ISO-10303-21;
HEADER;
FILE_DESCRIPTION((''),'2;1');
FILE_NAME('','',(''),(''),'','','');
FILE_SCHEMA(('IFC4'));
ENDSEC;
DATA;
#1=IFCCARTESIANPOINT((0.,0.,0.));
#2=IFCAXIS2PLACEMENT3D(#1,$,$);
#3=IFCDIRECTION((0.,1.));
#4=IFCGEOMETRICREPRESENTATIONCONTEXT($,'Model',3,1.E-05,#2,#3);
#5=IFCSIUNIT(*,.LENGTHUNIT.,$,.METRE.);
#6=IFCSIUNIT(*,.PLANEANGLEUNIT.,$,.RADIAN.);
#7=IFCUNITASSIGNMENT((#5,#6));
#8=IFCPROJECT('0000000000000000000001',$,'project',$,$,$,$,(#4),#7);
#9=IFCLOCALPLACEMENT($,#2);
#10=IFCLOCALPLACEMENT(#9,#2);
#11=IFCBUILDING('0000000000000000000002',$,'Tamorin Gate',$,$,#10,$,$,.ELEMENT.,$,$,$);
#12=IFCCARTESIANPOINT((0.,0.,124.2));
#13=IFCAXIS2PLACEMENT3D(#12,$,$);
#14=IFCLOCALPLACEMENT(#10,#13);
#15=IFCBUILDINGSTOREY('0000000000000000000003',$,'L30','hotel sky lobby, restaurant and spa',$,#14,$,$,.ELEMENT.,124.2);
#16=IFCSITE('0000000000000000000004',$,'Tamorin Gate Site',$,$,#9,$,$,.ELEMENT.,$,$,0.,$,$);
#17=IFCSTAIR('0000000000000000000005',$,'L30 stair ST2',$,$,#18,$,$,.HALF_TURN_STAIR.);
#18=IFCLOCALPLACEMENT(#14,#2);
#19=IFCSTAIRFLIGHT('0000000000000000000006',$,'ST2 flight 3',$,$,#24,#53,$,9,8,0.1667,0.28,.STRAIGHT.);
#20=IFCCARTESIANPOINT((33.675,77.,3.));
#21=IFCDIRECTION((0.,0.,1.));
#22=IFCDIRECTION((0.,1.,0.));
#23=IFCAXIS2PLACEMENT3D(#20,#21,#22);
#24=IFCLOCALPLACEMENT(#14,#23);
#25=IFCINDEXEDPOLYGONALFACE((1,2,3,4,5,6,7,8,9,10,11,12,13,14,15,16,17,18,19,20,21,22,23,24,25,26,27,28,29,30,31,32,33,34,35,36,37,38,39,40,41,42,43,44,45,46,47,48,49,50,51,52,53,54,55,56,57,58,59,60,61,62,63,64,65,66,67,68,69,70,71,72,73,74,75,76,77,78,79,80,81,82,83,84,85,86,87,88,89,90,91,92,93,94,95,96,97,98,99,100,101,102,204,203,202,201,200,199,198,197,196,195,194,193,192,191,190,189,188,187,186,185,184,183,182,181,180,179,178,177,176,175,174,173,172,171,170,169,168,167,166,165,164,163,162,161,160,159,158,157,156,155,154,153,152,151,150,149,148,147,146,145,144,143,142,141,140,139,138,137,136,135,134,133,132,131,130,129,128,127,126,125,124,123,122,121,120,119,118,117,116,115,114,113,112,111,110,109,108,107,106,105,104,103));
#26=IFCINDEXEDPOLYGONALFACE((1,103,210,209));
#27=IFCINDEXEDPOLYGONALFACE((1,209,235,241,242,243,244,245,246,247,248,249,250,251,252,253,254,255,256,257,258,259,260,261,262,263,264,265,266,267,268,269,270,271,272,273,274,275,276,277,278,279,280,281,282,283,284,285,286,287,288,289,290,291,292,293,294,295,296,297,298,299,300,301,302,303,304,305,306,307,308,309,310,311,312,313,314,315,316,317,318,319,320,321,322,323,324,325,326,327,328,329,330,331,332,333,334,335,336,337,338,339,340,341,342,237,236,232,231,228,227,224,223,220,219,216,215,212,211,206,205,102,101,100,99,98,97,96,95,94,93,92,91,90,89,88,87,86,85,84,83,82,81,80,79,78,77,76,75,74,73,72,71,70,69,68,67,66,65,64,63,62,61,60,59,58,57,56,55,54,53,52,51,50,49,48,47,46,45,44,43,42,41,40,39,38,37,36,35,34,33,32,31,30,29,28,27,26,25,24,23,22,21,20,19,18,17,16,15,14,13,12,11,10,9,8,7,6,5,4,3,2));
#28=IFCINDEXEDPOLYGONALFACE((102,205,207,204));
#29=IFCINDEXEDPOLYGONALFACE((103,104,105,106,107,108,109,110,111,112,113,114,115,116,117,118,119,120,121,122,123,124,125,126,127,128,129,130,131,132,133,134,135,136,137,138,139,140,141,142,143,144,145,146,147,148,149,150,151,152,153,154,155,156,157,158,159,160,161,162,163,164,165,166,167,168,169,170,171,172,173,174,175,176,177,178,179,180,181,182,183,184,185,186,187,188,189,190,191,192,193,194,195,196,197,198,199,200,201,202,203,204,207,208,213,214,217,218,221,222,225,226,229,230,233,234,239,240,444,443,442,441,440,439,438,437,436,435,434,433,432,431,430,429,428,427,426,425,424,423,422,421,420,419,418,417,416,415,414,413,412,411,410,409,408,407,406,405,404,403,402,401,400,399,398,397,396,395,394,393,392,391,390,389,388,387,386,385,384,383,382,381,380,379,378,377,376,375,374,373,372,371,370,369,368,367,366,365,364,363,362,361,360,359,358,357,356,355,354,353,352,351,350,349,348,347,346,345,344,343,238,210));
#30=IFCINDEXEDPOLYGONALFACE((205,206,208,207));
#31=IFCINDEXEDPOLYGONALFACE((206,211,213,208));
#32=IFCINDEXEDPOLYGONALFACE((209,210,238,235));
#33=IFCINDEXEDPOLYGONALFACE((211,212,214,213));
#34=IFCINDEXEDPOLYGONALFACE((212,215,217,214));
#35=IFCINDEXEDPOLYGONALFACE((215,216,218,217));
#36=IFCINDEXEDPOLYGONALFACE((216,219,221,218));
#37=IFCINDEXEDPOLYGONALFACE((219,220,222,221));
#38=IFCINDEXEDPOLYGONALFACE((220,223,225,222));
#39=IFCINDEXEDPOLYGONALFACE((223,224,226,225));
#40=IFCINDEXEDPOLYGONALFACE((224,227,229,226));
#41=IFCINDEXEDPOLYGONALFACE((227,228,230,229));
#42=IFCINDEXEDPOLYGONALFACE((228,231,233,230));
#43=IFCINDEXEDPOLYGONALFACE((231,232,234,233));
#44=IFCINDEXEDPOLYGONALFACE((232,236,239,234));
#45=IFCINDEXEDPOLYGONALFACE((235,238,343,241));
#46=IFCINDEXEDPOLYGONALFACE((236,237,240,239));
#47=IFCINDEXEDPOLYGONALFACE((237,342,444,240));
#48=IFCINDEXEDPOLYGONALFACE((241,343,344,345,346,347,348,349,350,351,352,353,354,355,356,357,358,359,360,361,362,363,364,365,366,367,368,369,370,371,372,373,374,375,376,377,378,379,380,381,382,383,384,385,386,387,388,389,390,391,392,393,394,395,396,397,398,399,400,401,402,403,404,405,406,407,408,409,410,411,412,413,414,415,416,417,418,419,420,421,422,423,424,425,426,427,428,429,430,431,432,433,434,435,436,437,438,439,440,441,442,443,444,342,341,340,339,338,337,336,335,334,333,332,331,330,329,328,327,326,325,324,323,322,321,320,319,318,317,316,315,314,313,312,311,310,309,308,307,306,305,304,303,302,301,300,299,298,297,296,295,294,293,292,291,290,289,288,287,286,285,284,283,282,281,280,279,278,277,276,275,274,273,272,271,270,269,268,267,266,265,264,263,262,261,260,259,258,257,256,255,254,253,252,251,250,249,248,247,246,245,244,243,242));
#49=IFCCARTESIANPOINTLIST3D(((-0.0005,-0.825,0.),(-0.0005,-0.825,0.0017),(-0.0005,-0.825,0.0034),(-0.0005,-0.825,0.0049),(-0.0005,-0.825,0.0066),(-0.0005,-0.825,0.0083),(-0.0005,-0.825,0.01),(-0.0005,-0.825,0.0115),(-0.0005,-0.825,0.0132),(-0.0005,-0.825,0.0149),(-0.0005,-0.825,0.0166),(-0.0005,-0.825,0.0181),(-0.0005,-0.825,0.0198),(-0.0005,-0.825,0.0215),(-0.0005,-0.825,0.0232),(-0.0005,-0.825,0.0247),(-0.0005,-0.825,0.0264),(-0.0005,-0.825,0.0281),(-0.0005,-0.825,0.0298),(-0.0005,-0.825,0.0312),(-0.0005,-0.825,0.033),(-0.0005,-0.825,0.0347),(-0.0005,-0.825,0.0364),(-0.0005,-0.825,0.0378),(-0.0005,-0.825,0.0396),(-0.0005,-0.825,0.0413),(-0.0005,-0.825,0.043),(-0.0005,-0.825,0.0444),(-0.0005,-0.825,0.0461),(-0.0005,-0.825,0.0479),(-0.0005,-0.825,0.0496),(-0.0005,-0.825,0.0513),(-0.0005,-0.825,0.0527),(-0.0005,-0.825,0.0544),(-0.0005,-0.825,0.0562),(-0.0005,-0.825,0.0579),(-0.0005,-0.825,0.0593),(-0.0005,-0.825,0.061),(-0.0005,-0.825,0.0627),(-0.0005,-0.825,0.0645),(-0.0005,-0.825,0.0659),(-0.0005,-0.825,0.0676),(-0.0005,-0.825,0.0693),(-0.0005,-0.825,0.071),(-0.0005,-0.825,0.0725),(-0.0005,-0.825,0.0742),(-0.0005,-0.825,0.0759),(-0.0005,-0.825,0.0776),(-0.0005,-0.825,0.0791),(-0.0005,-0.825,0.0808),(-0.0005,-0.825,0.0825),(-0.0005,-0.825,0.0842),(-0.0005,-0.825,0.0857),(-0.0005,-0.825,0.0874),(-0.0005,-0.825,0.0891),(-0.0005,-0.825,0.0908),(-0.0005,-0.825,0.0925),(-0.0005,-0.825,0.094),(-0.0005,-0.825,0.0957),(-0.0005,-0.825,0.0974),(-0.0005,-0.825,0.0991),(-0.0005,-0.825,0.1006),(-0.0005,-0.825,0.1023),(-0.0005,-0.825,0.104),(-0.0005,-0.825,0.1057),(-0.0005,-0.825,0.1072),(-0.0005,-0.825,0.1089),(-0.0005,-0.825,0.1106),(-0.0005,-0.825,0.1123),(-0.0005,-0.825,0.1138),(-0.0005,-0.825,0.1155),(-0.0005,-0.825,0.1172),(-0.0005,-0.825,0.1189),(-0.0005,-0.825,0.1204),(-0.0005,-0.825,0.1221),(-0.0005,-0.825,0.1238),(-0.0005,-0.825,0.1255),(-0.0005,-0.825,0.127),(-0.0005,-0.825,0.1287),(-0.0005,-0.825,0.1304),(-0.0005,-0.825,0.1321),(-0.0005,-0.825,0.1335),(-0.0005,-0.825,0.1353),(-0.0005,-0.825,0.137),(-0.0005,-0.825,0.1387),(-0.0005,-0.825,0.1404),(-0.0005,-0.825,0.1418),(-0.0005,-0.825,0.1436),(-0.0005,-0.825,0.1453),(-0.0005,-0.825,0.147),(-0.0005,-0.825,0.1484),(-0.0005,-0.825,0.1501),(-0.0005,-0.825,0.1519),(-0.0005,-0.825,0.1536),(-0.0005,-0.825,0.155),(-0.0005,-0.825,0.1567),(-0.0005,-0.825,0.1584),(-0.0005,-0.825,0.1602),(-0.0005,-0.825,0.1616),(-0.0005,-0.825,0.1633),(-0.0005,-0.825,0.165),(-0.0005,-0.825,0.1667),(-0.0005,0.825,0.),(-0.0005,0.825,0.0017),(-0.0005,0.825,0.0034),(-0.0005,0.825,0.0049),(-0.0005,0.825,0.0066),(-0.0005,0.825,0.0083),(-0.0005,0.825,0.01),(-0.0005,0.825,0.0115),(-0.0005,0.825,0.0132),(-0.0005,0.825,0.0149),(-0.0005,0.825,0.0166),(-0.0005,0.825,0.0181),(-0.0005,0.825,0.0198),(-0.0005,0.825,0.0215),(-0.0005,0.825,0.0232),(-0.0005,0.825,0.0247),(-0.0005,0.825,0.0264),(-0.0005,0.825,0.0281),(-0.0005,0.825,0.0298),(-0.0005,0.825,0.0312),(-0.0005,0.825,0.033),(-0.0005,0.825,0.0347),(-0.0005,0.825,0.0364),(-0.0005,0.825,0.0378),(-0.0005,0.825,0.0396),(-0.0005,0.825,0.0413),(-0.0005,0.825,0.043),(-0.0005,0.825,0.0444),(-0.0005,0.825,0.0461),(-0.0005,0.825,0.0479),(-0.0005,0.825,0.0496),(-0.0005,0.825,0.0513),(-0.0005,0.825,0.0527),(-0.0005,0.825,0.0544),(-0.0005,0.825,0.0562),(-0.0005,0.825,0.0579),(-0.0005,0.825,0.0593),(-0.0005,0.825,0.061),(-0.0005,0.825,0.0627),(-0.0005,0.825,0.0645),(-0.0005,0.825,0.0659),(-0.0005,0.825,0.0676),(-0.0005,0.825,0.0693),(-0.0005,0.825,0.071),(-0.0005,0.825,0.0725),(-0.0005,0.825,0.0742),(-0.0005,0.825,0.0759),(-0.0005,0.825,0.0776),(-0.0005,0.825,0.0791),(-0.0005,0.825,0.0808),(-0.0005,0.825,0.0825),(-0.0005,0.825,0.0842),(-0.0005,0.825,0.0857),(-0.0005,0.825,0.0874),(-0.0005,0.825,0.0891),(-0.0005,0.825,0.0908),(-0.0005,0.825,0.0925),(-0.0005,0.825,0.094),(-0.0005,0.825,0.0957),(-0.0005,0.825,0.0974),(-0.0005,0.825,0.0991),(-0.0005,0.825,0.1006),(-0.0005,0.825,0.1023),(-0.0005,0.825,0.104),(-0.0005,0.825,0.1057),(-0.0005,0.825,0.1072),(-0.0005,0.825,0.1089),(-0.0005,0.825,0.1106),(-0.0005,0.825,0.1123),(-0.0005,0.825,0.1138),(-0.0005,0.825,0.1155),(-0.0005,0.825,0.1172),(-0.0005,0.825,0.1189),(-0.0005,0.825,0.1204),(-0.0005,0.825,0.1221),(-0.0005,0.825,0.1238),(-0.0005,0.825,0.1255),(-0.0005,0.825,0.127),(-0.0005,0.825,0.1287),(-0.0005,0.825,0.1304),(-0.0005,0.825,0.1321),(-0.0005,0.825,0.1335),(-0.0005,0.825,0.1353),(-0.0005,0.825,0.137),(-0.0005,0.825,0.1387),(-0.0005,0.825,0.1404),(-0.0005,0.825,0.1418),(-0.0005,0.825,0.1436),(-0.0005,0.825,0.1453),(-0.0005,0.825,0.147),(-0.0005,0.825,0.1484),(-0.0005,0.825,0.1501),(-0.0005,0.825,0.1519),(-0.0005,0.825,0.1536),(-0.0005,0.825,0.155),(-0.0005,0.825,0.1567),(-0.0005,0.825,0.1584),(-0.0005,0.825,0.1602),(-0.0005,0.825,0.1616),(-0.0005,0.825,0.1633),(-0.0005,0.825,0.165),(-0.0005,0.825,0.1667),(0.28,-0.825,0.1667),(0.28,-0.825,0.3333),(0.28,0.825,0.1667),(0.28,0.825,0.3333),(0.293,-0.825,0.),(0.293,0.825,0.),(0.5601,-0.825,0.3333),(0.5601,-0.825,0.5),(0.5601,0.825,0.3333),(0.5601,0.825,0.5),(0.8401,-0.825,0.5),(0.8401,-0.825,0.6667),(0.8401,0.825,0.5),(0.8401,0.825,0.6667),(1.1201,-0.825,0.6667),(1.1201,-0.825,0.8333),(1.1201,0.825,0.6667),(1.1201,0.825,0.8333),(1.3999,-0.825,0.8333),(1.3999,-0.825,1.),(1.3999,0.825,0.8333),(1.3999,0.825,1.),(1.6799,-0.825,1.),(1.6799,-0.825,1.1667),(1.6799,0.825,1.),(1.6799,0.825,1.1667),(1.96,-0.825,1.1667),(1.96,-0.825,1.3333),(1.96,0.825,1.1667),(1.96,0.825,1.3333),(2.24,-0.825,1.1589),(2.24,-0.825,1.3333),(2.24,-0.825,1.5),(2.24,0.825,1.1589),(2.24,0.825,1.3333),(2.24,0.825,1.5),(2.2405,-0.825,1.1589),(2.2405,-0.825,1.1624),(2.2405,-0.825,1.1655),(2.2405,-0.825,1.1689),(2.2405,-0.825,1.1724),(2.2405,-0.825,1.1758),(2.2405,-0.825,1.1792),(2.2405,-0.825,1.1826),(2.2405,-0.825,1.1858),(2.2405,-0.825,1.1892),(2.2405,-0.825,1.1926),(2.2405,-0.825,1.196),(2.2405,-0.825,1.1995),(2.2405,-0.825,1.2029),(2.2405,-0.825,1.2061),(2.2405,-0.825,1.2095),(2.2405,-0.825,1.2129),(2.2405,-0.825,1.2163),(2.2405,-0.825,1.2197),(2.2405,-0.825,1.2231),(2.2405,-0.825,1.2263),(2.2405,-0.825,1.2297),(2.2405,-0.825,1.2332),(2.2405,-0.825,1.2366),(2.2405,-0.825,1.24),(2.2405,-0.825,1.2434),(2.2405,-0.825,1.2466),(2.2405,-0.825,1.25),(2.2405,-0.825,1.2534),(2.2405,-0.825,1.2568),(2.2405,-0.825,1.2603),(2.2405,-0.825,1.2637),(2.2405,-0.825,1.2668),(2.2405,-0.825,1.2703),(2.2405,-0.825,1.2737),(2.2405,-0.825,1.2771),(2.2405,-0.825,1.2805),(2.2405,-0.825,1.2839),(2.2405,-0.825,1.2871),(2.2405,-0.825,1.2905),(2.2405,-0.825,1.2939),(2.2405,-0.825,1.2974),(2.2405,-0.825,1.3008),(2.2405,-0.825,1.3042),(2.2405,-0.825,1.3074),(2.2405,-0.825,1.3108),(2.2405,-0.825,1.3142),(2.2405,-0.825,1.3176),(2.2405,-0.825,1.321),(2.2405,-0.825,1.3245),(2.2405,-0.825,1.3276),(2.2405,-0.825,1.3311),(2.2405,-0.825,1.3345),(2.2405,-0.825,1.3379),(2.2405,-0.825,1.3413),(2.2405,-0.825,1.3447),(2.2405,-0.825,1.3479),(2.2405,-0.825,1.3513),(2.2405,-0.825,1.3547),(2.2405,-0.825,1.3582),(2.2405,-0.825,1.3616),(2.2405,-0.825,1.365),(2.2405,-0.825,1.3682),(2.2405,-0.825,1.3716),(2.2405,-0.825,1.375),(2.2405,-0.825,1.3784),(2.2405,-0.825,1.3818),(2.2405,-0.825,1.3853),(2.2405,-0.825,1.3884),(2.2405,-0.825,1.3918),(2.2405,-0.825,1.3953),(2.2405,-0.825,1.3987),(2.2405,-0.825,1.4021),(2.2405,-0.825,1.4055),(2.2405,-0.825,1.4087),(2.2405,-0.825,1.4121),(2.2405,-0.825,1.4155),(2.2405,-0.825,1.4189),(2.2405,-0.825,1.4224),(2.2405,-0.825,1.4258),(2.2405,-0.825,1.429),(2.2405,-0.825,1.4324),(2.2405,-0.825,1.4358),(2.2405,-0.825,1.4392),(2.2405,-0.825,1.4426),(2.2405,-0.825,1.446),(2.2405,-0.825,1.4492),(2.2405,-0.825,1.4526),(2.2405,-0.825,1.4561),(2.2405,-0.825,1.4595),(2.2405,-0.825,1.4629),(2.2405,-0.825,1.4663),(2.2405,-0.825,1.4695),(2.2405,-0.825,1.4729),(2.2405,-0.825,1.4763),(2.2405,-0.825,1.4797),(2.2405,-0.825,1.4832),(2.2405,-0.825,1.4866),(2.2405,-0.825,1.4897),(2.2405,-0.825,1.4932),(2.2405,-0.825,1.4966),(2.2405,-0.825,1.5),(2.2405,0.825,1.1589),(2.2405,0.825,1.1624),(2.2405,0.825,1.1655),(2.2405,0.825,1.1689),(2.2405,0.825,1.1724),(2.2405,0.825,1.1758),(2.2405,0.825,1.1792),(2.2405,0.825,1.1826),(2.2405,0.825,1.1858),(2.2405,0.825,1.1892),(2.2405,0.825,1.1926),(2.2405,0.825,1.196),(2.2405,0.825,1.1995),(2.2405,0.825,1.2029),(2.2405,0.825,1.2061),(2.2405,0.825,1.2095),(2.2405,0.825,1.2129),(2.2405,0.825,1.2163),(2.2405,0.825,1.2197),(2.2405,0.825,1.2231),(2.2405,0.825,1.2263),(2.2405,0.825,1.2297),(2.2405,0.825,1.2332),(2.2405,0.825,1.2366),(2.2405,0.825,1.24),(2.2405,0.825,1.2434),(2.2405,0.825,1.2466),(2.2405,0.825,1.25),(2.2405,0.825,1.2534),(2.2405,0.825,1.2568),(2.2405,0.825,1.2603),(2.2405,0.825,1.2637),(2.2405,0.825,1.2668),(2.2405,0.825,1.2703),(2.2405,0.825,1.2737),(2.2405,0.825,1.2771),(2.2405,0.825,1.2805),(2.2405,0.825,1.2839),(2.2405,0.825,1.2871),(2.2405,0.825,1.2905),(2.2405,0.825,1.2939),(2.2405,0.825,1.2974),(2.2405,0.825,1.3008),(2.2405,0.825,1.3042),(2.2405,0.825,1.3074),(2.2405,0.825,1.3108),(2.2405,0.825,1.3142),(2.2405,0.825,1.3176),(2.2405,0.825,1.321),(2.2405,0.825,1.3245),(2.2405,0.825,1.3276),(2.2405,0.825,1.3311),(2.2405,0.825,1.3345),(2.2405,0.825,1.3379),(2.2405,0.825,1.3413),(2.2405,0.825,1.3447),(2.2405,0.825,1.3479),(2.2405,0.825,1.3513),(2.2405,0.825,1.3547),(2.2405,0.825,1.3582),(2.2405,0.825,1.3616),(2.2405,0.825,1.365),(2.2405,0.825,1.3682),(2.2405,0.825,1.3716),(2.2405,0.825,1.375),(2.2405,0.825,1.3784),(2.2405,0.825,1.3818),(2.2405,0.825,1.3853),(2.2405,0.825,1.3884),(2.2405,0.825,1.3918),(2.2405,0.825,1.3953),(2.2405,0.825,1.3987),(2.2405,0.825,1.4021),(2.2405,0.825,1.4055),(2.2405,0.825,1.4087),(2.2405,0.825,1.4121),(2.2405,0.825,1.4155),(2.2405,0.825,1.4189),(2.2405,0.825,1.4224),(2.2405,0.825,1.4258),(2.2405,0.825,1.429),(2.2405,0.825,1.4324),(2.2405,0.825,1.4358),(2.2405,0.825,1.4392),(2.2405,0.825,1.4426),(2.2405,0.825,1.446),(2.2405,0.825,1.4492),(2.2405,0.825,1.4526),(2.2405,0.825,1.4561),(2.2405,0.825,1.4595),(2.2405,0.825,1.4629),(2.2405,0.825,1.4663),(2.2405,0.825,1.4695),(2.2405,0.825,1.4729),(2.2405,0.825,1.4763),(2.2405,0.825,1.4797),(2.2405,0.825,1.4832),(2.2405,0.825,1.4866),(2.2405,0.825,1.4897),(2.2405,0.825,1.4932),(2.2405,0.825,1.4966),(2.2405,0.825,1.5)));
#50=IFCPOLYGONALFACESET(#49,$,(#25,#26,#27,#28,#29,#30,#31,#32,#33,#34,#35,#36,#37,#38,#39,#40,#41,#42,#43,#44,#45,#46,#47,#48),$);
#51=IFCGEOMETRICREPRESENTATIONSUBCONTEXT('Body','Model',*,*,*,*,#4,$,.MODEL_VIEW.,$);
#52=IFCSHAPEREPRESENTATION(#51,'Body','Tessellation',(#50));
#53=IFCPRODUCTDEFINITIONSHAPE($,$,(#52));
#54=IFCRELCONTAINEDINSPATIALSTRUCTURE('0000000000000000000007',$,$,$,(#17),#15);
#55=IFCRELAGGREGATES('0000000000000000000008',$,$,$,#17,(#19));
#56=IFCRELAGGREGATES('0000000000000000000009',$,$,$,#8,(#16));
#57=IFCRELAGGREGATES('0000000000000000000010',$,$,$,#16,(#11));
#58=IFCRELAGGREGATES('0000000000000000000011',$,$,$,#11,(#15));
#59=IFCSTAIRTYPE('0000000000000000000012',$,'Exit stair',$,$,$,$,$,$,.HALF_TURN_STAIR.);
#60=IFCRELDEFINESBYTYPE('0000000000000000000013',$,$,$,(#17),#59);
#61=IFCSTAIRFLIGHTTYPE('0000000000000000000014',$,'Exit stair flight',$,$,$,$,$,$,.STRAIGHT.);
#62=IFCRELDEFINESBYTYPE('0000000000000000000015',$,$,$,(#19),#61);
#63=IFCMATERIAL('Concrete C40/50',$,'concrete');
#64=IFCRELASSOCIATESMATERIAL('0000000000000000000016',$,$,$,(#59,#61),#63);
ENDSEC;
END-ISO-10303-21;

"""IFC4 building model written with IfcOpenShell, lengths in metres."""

from ifc_helpers import new_model, si_unit, direction, frame, origin, place, context, subcontext, project, spatial, polyline, outline, extrude, material, type_object, element, aggregate, save


model = new_model("IFC4")

# Units and contexts
model_context = context("Model", 3, precision=1e-05, world=origin(), true_north=direction((0.0, 1.0)))
body_context = subcontext(model_context, "Body", "Model", "MODEL_VIEW")
ifc_project = project(units=[si_unit("LENGTHUNIT", "METRE"), si_unit("PLANEANGLEUNIT", "RADIAN")], contexts=[model_context])

# Site, building, storey
site_placement = place(None, origin())
site = spatial("IfcSite", under=ifc_project, at=site_placement, Name="Tamorin Gate Site", CompositionType="ELEMENT", RefElevation=0.0)
building_placement = place(site_placement, origin())
building = spatial("IfcBuilding", under=site, at=building_placement, Name="Tamorin Gate", CompositionType="ELEMENT")
storey_placement = place(building_placement, frame((0.0, 0.0, 124.2)))
storey = spatial("IfcBuildingStorey", under=building, at=storey_placement, Name="L30", Description="hotel sky lobby, restaurant and spa", CompositionType="ELEMENT", Elevation=124.2)

# Stair, stair flight
ifc_material_1 = material(Name="Concrete C40/50", Category="concrete")
stair_type = type_object("IfcStairType", Name="Exit stair", PredefinedType="HALF_TURN_STAIR", material=ifc_material_1)
stair_placement = place(storey_placement, origin())
stair = element("IfcStair", 1, at=stair_placement, inside=storey, type_object=stair_type, Name="L30 stair ST2", PredefinedType="HALF_TURN_STAIR")
stair_flight_type = type_object("IfcStairFlightType", Name="Exit stair flight", PredefinedType="STRAIGHT", material=ifc_material_1)
stair_flight_1_placement = place(storey_placement, frame((33.675, 77.0, 3.0), z_axis=(0.0, 0.0, 1.0), x_axis=(0.0, 1.0, 0.0)))
stair_flight_1 = element("IfcStairFlight", 2, at=stair_flight_1_placement, type_object=stair_flight_type, Name="ST2 flight 3", NumberOfRisers=9, NumberOfTreads=8, PredefinedType="STRAIGHT", RiserHeight=0.1667, TreadLength=0.28, context=body_context, shape_type="SweptSolid", body=[
    extrude(outline(polyline([(-0.0005, 0.0), (-0.0005, 0.0017), (-0.0005, 0.0034), (-0.0005, 0.0049), (-0.0005, 0.0066), (-0.0005, 0.0083), (-0.0005, 0.01), (-0.0005, 0.0115), (-0.0005, 0.0132), (-0.0005, 0.0149), (-0.0005, 0.0166), (-0.0005, 0.0181), (-0.0005, 0.0198), (-0.0005, 0.0215), (-0.0005, 0.0232), (-0.0005, 0.0247), (-0.0005, 0.0264), (-0.0005, 0.0281), (-0.0005, 0.0298), (-0.0005, 0.0312), (-0.0005, 0.033), (-0.0005, 0.0347), (-0.0005, 0.0364), (-0.0005, 0.0378), (-0.0005, 0.0396), (-0.0005, 0.0413), (-0.0005, 0.043), (-0.0005, 0.0444), (-0.0005, 0.0461), (-0.0005, 0.0479), (-0.0005, 0.0496), (-0.0005, 0.0513), (-0.0005, 0.0527), (-0.0005, 0.0544), (-0.0005, 0.0562), (-0.0005, 0.0579), (-0.0005, 0.0593), (-0.0005, 0.061), (-0.0005, 0.0627), (-0.0005, 0.0645), (-0.0005, 0.0659), (-0.0005, 0.0676), (-0.0005, 0.0693), (-0.0005, 0.071), (-0.0005, 0.0725), (-0.0005, 0.0742), (-0.0005, 0.0759), (-0.0005, 0.0776), (-0.0005, 0.0791), (-0.0005, 0.0808), (-0.0005, 0.0825), (-0.0005, 0.0842), (-0.0005, 0.0857), (-0.0005, 0.0874), (-0.0005, 0.0891), (-0.0005, 0.0908), (-0.0005, 0.0925), (-0.0005, 0.094), (-0.0005, 0.0957), (-0.0005, 0.0974), (-0.0005, 0.0991), (-0.0005, 0.1006), (-0.0005, 0.1023), (-0.0005, 0.104), (-0.0005, 0.1057), (-0.0005, 0.1072), (-0.0005, 0.1089), (-0.0005, 0.1106), (-0.0005, 0.1123), (-0.0005, 0.1138), (-0.0005, 0.1155), (-0.0005, 0.1172), (-0.0005, 0.1189), (-0.0005, 0.1204), (-0.0005, 0.1221), (-0.0005, 0.1238), (-0.0005, 0.1255), (-0.0005, 0.127), (-0.0005, 0.1287), (-0.0005, 0.1304), (-0.0005, 0.1321), (-0.0005, 0.1335), (-0.0005, 0.1353), (-0.0005, 0.137), (-0.0005, 0.1387), (-0.0005, 0.1404), (-0.0005, 0.1418), (-0.0005, 0.1436), (-0.0005, 0.1453), (-0.0005, 0.147), (-0.0005, 0.1484), (-0.0005, 0.1501), (-0.0005, 0.1519), (-0.0005, 0.1536), (-0.0005, 0.155), (-0.0005, 0.1567), (-0.0005, 0.1584), (-0.0005, 0.1602), (-0.0005, 0.1616), (-0.0005, 0.1633), (-0.0005, 0.165), (-0.0005, 0.1667), (0.28, 0.1667), (0.28, 0.3333), (0.5601, 0.3333), (0.5601, 0.5), (0.8401, 0.5), (0.8401, 0.6667), (1.1201, 0.6667), (1.1201, 0.8333), (1.3999, 0.8333), (1.3999, 1.0), (1.6799, 1.0), (1.6799, 1.1667), (1.96, 1.1667), (1.96, 1.3333), (2.24, 1.3333), (2.24, 1.5), (2.2405, 1.5), (2.2405, 1.4966), (2.2405, 1.4932), (2.2405, 1.4897), (2.2405, 1.4866), (2.2405, 1.4832), (2.2405, 1.4797), (2.2405, 1.4763), (2.2405, 1.4729), (2.2405, 1.4695), (2.2405, 1.4663), (2.2405, 1.4629), (2.2405, 1.4595), (2.2405, 1.4561), (2.2405, 1.4526), (2.2405, 1.4492), (2.2405, 1.446), (2.2405, 1.4426), (2.2405, 1.4392), (2.2405, 1.4358), (2.2405, 1.4324), (2.2405, 1.429), (2.2405, 1.4258), (2.2405, 1.4224), (2.2405, 1.4189), (2.2405, 1.4155), (2.2405, 1.4121), (2.2405, 1.4087), (2.2405, 1.4055), (2.2405, 1.4021), (2.2405, 1.3987), (2.2405, 1.3953), (2.2405, 1.3918), (2.2405, 1.3884), (2.2405, 1.3853), (2.2405, 1.3818), (2.2405, 1.3784), (2.2405, 1.375), (2.2405, 1.3716), (2.2405, 1.3682), (2.2405, 1.365), (2.2405, 1.3616), (2.2405, 1.3582), (2.2405, 1.3547), (2.2405, 1.3513), (2.2405, 1.3479), (2.2405, 1.3447), (2.2405, 1.3413), (2.2405, 1.3379), (2.2405, 1.3345), (2.2405, 1.3311), (2.2405, 1.3276), (2.2405, 1.3245), (2.2405, 1.321), (2.2405, 1.3176), (2.2405, 1.3142), (2.2405, 1.3108), (2.2405, 1.3074), (2.2405, 1.3042), (2.2405, 1.3008), (2.2405, 1.2974), (2.2405, 1.2939), (2.2405, 1.2905), (2.2405, 1.2871), (2.2405, 1.2839), (2.2405, 1.2805), (2.2405, 1.2771), (2.2405, 1.2737), (2.2405, 1.2703), (2.2405, 1.2668), (2.2405, 1.2637), (2.2405, 1.2603), (2.2405, 1.2568), (2.2405, 1.2534), (2.2405, 1.25), (2.2405, 1.2466), (2.2405, 1.2434), (2.2405, 1.24), (2.2405, 1.2366), (2.2405, 1.2332), (2.2405, 1.2297), (2.2405, 1.2263), (2.2405, 1.2231), (2.2405, 1.2197), (2.2405, 1.2163), (2.2405, 1.2129), (2.2405, 1.2095), (2.2405, 1.2061), (2.2405, 1.2029), (2.2405, 1.1995), (2.2405, 1.196), (2.2405, 1.1926), (2.2405, 1.1892), (2.2405, 1.1858), (2.2405, 1.1826), (2.2405, 1.1792), (2.2405, 1.1758), (2.2405, 1.1724), (2.2405, 1.1689), (2.2405, 1.1655), (2.2405, 1.1624), (2.2405, 1.1589), (2.24, 1.1589), (0.293, 0.0), (-0.0005, 0.0)])), frame((0.0, 0.825, 0.0), z_axis=(0.0, -1.0, 0.0), x_axis=(1.0, 0.0, 0.0)), (0.0, 0.0, 1.0), 1.6499),
])
aggregate(stair, [stair_flight_1])

save(model, "model.ifc")
